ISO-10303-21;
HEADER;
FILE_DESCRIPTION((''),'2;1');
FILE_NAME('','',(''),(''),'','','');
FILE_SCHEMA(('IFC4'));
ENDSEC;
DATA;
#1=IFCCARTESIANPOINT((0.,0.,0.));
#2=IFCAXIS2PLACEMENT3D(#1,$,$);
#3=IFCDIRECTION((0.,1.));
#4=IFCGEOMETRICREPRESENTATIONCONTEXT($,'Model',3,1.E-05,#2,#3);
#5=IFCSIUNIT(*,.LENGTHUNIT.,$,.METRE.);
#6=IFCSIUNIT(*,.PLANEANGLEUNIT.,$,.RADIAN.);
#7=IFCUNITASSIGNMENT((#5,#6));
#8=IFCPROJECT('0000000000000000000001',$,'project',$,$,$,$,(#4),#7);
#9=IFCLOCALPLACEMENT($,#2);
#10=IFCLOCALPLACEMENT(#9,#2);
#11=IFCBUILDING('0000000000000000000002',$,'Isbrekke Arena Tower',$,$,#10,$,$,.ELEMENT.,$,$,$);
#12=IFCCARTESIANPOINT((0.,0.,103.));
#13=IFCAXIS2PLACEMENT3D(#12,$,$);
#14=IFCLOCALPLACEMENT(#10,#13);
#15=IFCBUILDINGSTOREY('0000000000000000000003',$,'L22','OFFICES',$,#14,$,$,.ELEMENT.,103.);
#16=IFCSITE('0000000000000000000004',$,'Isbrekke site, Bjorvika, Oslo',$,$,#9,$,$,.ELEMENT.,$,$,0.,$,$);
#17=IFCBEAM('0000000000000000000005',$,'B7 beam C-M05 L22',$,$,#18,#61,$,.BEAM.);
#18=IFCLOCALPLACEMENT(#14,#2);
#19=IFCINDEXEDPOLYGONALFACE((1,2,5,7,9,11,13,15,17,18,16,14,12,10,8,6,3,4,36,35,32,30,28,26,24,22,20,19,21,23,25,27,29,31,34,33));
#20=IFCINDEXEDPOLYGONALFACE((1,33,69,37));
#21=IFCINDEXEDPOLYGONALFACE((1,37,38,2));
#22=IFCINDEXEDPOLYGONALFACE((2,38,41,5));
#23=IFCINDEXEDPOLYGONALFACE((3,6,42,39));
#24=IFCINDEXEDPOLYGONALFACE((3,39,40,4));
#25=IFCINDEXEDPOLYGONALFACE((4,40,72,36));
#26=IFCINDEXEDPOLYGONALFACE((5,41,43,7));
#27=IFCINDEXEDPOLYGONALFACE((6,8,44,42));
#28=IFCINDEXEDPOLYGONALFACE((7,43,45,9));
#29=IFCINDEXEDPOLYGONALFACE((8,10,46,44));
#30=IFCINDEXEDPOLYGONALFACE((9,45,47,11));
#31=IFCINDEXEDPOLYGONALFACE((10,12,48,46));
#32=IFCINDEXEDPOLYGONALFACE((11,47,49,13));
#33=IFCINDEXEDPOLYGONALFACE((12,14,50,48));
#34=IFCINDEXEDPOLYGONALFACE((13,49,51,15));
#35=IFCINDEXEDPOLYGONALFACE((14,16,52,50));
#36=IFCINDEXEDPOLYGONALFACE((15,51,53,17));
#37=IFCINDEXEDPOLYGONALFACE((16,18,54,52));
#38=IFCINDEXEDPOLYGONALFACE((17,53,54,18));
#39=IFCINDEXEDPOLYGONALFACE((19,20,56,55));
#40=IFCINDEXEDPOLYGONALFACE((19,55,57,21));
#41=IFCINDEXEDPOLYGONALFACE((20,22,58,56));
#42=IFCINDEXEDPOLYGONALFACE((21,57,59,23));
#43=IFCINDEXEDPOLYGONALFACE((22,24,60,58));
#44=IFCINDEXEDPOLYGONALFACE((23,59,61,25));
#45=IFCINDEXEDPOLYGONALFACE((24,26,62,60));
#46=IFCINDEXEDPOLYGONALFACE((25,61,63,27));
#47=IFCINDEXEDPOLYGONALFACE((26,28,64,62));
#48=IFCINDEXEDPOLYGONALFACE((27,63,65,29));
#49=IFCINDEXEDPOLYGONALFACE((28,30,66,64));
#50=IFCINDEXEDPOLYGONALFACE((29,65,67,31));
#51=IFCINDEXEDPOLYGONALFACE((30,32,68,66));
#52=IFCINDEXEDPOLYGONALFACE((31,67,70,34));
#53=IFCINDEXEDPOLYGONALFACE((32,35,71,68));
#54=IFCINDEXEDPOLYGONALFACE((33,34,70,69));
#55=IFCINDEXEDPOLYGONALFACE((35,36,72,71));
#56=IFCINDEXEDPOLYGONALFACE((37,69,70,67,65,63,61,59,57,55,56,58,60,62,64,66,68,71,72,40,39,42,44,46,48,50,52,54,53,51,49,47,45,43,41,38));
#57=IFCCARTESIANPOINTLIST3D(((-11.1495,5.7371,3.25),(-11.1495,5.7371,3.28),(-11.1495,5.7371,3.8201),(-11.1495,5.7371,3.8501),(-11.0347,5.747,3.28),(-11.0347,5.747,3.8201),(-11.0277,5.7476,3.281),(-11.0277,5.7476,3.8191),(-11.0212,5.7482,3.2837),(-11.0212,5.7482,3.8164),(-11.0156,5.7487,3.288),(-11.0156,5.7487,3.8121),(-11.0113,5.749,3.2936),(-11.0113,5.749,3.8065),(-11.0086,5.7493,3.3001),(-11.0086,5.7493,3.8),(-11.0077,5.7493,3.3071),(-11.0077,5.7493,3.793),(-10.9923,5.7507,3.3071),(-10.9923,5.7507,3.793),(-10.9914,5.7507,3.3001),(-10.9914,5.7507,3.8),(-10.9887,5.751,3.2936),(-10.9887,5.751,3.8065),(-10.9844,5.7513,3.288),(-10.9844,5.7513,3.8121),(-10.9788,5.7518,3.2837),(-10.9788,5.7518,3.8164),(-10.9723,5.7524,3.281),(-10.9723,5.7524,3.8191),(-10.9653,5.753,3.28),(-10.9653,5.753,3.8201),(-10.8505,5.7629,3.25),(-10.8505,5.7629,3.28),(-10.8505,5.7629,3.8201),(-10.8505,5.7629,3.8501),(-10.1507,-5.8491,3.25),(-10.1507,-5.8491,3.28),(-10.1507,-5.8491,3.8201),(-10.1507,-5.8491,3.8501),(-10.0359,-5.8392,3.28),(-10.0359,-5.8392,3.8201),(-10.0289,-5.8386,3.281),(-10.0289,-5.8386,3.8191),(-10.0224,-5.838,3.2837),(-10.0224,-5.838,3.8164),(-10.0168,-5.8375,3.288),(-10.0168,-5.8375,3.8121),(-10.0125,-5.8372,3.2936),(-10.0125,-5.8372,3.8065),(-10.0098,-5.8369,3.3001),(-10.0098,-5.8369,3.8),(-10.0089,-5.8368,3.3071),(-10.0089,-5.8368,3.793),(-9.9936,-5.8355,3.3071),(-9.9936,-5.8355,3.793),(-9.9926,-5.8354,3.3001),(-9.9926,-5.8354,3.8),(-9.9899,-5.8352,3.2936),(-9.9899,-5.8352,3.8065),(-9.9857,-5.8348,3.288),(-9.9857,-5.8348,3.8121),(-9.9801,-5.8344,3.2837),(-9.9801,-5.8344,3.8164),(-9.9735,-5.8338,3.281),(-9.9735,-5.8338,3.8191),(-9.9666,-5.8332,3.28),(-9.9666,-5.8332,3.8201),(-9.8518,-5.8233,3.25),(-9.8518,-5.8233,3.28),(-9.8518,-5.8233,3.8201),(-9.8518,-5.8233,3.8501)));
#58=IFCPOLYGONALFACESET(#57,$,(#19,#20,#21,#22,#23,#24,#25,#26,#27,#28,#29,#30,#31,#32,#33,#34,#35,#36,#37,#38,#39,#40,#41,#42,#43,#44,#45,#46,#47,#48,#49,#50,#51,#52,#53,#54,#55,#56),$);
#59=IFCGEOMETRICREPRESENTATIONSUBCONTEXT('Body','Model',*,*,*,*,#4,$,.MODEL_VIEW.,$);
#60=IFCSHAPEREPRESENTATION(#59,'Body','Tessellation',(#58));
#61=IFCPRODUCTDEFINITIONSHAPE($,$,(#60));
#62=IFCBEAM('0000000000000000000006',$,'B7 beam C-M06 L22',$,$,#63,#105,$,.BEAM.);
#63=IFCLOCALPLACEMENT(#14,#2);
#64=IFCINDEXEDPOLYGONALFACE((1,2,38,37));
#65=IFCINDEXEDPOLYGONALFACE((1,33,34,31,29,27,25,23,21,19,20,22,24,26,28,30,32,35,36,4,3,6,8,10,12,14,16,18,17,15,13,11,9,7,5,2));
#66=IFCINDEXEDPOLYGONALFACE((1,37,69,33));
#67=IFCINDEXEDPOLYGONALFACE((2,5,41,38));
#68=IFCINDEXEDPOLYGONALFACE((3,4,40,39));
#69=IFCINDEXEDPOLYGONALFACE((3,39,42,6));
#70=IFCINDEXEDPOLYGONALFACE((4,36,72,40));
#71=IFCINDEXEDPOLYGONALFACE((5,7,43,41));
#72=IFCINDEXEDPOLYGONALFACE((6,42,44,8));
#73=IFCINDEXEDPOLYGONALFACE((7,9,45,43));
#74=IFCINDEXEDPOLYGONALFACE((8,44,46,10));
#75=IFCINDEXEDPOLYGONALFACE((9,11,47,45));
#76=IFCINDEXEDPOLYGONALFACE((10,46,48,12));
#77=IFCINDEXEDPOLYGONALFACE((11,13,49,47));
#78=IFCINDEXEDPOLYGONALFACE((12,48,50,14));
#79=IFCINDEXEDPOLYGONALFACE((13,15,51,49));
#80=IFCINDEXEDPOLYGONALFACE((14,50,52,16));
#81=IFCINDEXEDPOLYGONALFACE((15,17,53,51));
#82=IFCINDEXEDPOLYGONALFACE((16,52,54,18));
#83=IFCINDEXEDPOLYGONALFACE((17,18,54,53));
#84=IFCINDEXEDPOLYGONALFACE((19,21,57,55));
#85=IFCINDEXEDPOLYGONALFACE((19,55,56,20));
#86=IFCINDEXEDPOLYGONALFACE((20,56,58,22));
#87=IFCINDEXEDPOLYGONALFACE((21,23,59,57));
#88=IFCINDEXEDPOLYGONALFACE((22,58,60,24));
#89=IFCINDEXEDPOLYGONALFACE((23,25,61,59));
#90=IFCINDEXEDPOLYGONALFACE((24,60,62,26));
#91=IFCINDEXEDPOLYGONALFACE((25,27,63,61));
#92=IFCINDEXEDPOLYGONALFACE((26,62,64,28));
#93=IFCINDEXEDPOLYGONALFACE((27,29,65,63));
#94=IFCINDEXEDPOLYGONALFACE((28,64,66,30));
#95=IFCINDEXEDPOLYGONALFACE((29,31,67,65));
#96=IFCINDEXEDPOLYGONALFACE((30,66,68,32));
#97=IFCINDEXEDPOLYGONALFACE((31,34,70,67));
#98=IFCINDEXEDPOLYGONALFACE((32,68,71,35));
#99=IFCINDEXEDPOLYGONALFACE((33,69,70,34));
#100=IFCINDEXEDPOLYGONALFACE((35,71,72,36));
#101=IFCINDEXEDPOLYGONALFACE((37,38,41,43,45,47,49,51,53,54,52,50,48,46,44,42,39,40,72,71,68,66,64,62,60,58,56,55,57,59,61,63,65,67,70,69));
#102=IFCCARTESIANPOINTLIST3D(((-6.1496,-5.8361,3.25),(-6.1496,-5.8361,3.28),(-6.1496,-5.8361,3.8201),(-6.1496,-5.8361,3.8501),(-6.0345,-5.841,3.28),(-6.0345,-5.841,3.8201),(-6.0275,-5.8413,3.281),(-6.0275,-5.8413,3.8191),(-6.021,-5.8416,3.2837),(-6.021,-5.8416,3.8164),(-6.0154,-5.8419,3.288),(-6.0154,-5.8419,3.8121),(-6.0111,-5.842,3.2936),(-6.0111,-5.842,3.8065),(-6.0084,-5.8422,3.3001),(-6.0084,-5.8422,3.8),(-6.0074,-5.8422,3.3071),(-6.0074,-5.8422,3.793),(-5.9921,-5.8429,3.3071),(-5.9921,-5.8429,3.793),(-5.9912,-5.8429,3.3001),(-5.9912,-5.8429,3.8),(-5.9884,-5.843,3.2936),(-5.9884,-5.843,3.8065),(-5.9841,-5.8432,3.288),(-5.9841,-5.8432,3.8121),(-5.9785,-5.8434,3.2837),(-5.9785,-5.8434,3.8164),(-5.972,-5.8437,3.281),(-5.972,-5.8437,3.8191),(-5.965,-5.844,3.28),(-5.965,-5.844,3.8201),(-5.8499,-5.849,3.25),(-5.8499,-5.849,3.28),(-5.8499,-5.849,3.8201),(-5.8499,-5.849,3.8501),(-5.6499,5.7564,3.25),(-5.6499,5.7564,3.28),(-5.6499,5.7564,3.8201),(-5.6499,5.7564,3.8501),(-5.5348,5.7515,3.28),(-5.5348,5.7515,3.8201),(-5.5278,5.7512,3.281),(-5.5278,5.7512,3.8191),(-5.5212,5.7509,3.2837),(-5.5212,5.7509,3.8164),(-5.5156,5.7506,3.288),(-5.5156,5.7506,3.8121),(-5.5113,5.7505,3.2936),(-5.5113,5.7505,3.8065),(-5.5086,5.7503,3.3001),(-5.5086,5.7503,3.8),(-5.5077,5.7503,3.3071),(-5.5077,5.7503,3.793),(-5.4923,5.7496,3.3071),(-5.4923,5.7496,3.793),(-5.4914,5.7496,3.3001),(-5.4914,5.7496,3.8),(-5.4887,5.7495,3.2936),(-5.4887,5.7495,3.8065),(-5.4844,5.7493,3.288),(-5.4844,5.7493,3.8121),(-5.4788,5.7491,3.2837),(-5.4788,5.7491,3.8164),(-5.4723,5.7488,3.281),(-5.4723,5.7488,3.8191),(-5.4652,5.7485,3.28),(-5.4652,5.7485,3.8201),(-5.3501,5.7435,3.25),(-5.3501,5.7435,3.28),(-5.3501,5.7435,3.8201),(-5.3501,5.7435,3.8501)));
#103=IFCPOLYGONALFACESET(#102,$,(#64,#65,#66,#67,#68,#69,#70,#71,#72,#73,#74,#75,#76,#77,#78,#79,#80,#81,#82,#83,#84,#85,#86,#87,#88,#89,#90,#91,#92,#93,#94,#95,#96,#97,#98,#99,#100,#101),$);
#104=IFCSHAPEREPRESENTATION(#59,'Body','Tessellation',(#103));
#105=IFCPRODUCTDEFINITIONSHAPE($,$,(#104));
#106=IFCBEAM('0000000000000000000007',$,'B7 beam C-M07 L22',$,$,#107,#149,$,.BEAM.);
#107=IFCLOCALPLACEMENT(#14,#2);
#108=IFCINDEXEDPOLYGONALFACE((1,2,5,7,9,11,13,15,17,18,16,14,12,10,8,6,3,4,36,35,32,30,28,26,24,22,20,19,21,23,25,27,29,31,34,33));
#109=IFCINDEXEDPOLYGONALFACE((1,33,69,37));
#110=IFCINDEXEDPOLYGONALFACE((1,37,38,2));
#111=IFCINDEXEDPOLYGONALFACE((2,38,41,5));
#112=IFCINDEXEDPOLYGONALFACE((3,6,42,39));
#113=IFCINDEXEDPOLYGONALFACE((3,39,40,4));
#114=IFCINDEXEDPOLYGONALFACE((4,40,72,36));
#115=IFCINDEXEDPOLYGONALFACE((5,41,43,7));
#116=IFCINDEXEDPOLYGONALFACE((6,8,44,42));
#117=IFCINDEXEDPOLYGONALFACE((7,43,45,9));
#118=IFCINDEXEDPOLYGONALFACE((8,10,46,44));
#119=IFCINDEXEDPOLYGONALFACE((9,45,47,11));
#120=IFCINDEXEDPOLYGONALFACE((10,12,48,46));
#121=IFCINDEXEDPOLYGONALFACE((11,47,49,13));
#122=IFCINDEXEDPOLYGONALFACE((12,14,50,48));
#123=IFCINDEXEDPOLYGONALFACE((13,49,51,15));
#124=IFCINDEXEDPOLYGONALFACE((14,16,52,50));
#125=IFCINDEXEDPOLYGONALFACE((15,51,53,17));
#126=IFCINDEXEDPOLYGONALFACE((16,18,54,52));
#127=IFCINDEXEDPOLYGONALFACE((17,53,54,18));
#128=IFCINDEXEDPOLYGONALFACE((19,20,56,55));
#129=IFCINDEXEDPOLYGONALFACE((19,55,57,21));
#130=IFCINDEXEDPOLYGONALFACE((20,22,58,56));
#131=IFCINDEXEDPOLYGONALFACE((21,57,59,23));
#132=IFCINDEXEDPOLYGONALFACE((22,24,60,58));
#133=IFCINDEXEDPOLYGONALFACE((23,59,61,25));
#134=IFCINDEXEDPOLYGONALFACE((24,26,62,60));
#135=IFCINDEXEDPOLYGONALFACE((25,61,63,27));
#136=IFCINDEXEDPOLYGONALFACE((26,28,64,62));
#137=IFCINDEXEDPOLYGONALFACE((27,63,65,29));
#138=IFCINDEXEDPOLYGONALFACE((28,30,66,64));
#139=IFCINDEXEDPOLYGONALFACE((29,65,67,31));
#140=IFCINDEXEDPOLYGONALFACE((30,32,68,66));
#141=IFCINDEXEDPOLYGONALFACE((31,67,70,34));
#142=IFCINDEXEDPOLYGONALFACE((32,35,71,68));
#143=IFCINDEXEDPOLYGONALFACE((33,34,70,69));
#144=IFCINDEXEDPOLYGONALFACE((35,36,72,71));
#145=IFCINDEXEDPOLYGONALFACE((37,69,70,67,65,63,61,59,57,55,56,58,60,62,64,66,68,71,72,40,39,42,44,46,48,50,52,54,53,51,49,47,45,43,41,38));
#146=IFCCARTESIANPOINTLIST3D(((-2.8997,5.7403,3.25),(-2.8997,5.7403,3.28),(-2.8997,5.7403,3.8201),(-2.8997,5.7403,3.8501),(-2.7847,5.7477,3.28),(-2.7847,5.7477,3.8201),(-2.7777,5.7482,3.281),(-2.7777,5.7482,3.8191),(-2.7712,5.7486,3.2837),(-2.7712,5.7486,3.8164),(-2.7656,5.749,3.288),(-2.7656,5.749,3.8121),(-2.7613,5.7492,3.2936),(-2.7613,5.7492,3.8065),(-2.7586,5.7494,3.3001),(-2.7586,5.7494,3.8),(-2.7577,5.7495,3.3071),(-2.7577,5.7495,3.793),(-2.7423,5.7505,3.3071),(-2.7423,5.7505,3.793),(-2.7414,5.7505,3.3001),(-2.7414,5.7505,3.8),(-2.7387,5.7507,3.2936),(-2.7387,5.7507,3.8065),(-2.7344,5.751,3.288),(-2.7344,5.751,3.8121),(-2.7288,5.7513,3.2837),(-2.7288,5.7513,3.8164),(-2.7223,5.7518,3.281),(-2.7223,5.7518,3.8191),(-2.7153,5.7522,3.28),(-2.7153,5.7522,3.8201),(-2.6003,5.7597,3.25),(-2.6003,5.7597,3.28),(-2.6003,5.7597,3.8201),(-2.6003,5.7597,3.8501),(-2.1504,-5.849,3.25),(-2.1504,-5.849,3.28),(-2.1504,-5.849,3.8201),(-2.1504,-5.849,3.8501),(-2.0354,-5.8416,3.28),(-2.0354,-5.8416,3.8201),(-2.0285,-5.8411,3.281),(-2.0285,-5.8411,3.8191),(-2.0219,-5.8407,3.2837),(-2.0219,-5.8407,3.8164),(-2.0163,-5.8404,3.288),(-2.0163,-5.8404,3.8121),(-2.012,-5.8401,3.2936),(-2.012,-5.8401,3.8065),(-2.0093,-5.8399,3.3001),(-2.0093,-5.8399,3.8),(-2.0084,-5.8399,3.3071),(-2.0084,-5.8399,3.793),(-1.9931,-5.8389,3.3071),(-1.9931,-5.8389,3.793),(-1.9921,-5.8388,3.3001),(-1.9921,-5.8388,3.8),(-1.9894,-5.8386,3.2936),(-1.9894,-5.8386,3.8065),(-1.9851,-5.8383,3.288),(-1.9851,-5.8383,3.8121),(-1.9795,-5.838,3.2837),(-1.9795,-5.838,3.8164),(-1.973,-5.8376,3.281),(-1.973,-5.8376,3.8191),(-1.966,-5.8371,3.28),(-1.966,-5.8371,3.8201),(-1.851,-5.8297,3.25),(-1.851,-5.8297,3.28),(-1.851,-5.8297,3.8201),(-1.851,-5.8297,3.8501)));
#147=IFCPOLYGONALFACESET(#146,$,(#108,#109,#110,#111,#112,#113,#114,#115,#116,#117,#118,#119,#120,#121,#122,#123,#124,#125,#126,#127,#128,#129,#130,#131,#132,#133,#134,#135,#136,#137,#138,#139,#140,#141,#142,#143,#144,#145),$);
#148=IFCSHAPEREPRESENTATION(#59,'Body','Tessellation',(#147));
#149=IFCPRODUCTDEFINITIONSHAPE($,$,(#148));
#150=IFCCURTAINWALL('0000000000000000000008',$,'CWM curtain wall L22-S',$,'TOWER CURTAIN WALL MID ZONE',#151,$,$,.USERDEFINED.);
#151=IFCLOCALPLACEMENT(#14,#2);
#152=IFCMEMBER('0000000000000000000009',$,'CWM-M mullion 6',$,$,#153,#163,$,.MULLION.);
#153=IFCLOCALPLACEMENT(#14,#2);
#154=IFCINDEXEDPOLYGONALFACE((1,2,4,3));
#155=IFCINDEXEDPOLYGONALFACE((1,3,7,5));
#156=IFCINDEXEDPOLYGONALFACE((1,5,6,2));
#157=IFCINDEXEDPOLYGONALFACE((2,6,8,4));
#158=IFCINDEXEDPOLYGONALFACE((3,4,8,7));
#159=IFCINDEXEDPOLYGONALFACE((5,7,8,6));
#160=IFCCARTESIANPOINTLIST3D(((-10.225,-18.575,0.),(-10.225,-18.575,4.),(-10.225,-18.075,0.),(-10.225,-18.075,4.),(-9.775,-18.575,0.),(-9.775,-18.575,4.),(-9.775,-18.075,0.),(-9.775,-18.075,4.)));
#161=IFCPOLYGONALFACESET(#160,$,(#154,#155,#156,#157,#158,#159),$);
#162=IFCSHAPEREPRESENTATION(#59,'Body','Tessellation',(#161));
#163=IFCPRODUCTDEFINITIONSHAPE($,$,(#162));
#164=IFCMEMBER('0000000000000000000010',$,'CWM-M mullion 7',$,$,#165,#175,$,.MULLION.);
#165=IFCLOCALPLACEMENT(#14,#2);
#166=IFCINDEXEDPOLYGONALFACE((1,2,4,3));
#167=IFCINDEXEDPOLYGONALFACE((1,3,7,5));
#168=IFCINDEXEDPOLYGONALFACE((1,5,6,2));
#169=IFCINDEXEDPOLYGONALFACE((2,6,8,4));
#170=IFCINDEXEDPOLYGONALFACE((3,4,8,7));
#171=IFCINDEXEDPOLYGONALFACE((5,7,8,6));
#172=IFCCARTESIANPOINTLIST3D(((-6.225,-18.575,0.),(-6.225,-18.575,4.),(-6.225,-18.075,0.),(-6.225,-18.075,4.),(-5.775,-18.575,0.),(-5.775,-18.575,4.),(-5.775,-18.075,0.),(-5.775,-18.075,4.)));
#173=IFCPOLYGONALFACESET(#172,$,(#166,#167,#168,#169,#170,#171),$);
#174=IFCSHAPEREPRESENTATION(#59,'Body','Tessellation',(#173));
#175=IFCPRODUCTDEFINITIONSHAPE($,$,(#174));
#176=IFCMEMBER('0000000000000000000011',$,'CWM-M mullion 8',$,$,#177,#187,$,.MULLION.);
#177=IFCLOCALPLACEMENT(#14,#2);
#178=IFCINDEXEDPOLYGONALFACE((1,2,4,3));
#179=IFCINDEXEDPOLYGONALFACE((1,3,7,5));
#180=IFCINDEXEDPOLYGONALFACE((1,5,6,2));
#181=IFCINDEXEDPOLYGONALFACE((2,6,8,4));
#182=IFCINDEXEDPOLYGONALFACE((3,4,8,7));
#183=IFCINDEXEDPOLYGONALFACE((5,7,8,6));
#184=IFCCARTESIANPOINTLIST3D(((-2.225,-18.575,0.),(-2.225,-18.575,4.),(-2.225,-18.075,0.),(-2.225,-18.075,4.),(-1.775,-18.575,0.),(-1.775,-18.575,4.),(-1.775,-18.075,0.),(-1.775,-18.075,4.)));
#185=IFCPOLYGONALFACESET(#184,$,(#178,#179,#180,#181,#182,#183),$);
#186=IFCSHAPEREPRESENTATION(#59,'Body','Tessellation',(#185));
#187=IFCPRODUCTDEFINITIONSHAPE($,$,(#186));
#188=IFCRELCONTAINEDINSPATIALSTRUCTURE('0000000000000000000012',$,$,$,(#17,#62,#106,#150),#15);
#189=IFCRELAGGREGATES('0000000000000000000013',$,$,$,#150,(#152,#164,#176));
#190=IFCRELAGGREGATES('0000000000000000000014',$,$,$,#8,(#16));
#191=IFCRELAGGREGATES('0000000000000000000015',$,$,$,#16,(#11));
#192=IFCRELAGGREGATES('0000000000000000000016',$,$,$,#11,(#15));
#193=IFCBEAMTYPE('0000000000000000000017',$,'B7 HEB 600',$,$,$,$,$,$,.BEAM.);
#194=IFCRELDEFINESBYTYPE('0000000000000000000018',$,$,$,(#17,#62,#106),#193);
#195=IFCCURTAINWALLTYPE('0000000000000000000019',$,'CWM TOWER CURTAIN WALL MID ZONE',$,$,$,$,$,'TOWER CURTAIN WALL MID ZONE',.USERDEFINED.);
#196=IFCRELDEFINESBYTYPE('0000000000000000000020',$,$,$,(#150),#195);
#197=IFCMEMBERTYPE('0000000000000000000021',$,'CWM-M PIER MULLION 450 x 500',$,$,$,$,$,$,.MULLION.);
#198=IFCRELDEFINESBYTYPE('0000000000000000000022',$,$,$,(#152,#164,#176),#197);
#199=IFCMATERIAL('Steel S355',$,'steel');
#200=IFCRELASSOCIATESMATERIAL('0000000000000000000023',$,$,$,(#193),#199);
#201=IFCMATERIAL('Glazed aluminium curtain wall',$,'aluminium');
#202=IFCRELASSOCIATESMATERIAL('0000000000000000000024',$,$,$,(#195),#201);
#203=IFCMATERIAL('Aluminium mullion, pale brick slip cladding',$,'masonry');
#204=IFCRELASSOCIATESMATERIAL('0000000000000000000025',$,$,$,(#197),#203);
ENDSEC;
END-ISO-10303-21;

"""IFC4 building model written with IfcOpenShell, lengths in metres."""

from ifc_helpers import new_model, si_unit, direction, frame, origin, origin_2d, place, context, subcontext, project, spatial, rectangle, i_section, extrude, material, material_profile, profile_set, type_object, element, aggregate, save


model = new_model("IFC4")

# Units and contexts
model_context = context("Model", 3, precision=1e-05, world=origin(), true_north=direction((0.0, 1.0)))
body_context = subcontext(model_context, "Body", "Model", "MODEL_VIEW")
ifc_project = project(units=[si_unit("LENGTHUNIT", "METRE"), si_unit("PLANEANGLEUNIT", "RADIAN")], contexts=[model_context])

# Site, building, storey
site_placement = place(None, origin())
site = spatial("IfcSite", under=ifc_project, at=site_placement, Name="Isbrekke site, Bjorvika, Oslo", CompositionType="ELEMENT", RefElevation=0.0)
building_placement = place(site_placement, origin())
building = spatial("IfcBuilding", under=site, at=building_placement, Name="Isbrekke Arena Tower", CompositionType="ELEMENT")
storey_placement = place(building_placement, frame((0.0, 0.0, 103.0)))
storey = spatial("IfcBuildingStorey", under=building, at=storey_placement, Name="L22", Description="OFFICES", CompositionType="ELEMENT", Elevation=103.0)

# Beams
ifc_material_1 = material(Name="Steel S355", Category="steel")
ifc_material_profile_1 = material_profile(ifc_material_1, i_section(OverallWidth=0.3, OverallDepth=0.6001, WebThickness=0.0154, FlangeThickness=0.03, FilletRadius=0.0271, at=origin_2d()), Name="HEB 600")
ifc_profile_set_1 = profile_set([ifc_material_profile_1], Name="Steel S355")
beam_type_1 = type_object("IfcBeamType", Name="B7 HEB 600", PredefinedType="BEAM", material=ifc_profile_set_1)
beam_1_placement = place(storey_placement, frame((-10.0012, -5.8362, 3.55), z_axis=(-0.085886, 0.996305, 0.0), x_axis=(-0.996305, -0.085886, 0.0)))
element("IfcBeam", 1, at=beam_1_placement, inside=storey, type_object=beam_type_1, Name="B7 beam C-M05 L22", PredefinedType="BEAM", context=body_context, shape_type="SweptSolid", body=[
    extrude(i_section(OverallWidth=0.3, OverallDepth=0.6001, WebThickness=0.0154, FlangeThickness=0.03, FilletRadius=0.0271, at=origin_2d()), origin(), (0.0, 0.0, 1.0), 11.6292),
])
beam_2_placement = place(storey_placement, frame((-5.9998, -5.8425, 3.55), z_axis=(0.04307, 0.999072, 0.0), x_axis=(-0.999072, 0.04307, 0.0)))
element("IfcBeam", 2, at=beam_2_placement, inside=storey, type_object=beam_type_1, Name="B7 beam C-M06 L22", PredefinedType="BEAM", context=body_context, shape_type="SweptSolid", body=[
    extrude(i_section(OverallWidth=0.3, OverallDepth=0.6001, WebThickness=0.0154, FlangeThickness=0.03, FilletRadius=0.0271, at=origin_2d()), origin(), (0.0, 0.0, 1.0), 11.6033),
])
beam_3_placement = place(storey_placement, frame((-2.0007, -5.8394, 3.55), z_axis=(-0.064517, 0.997917, 0.0), x_axis=(-0.997917, -0.064517, 0.0)))
element("IfcBeam", 3, at=beam_3_placement, inside=storey, type_object=beam_type_1, Name="B7 beam C-M07 L22", PredefinedType="BEAM", context=body_context, shape_type="SweptSolid", body=[
    extrude(i_section(OverallWidth=0.3, OverallDepth=0.6001, WebThickness=0.0154, FlangeThickness=0.03, FilletRadius=0.0271, at=origin_2d()), origin(), (0.0, 0.0, 1.0), 11.6135),
])

# Curtain wall, members
ifc_material_2 = material(Name="Glazed aluminium curtain wall", Category="aluminium")
curtain_wall_type = type_object("IfcCurtainWallType", Name="CWM TOWER CURTAIN WALL MID ZONE", ElementType="TOWER CURTAIN WALL MID ZONE", PredefinedType="USERDEFINED", material=ifc_material_2)
curtain_wall_placement = place(storey_placement, origin())
curtain_wall = element("IfcCurtainWall", 4, at=curtain_wall_placement, inside=storey, type_object=curtain_wall_type, Name="CWM curtain wall L22-S", ObjectType="TOWER CURTAIN WALL MID ZONE", PredefinedType="USERDEFINED")
ifc_material_3 = material(Name="Aluminium mullion, pale brick slip cladding", Category="masonry")
ifc_material_profile_2 = material_profile(ifc_material_3, rectangle(XDim=0.45, YDim=0.5, at=origin_2d()), Name="PIER 450X500")
ifc_profile_set_2 = profile_set([ifc_material_profile_2], Name="Aluminium mullion, pale brick slip cladding")
member_type_1 = type_object("IfcMemberType", Name="CWM-M PIER MULLION 450 x 500", PredefinedType="MULLION", material=ifc_profile_set_2)
member_1_placement = place(storey_placement, frame((-10.0, -18.325, 0.0), z_axis=(0.0, 0.0, 1.0), x_axis=(1.0, 0.0, 0.0)))
member_1 = element("IfcMember", 5, at=member_1_placement, type_object=member_type_1, Name="CWM-M mullion 6", PredefinedType="MULLION", context=body_context, shape_type="SweptSolid", body=[
    extrude(rectangle(XDim=0.45, YDim=0.5, at=origin_2d()), origin(), (0.0, 0.0, 1.0), 4.0),
])
member_2_placement = place(storey_placement, frame((-6.0, -18.325, 0.0), z_axis=(0.0, 0.0, 1.0), x_axis=(1.0, 0.0, 0.0)))
member_2 = element("IfcMember", 6, at=member_2_placement, type_object=member_type_1, Name="CWM-M mullion 7", PredefinedType="MULLION", context=body_context, shape_type="SweptSolid", body=[
    extrude(rectangle(XDim=0.45, YDim=0.5, at=origin_2d()), origin(), (0.0, 0.0, 1.0), 4.0),
])
member_3_placement = place(storey_placement, frame((-2.0, -18.325, 0.0), z_axis=(0.0, 0.0, 1.0), x_axis=(1.0, 0.0, 0.0)))
member_3 = element("IfcMember", 7, at=member_3_placement, type_object=member_type_1, Name="CWM-M mullion 8", PredefinedType="MULLION", context=body_context, shape_type="SweptSolid", body=[
    extrude(rectangle(XDim=0.45, YDim=0.5, at=origin_2d()), origin(), (0.0, 0.0, 1.0), 4.0),
])

aggregate(curtain_wall, [member_1, member_2, member_3])

save(model, "model.ifc")
